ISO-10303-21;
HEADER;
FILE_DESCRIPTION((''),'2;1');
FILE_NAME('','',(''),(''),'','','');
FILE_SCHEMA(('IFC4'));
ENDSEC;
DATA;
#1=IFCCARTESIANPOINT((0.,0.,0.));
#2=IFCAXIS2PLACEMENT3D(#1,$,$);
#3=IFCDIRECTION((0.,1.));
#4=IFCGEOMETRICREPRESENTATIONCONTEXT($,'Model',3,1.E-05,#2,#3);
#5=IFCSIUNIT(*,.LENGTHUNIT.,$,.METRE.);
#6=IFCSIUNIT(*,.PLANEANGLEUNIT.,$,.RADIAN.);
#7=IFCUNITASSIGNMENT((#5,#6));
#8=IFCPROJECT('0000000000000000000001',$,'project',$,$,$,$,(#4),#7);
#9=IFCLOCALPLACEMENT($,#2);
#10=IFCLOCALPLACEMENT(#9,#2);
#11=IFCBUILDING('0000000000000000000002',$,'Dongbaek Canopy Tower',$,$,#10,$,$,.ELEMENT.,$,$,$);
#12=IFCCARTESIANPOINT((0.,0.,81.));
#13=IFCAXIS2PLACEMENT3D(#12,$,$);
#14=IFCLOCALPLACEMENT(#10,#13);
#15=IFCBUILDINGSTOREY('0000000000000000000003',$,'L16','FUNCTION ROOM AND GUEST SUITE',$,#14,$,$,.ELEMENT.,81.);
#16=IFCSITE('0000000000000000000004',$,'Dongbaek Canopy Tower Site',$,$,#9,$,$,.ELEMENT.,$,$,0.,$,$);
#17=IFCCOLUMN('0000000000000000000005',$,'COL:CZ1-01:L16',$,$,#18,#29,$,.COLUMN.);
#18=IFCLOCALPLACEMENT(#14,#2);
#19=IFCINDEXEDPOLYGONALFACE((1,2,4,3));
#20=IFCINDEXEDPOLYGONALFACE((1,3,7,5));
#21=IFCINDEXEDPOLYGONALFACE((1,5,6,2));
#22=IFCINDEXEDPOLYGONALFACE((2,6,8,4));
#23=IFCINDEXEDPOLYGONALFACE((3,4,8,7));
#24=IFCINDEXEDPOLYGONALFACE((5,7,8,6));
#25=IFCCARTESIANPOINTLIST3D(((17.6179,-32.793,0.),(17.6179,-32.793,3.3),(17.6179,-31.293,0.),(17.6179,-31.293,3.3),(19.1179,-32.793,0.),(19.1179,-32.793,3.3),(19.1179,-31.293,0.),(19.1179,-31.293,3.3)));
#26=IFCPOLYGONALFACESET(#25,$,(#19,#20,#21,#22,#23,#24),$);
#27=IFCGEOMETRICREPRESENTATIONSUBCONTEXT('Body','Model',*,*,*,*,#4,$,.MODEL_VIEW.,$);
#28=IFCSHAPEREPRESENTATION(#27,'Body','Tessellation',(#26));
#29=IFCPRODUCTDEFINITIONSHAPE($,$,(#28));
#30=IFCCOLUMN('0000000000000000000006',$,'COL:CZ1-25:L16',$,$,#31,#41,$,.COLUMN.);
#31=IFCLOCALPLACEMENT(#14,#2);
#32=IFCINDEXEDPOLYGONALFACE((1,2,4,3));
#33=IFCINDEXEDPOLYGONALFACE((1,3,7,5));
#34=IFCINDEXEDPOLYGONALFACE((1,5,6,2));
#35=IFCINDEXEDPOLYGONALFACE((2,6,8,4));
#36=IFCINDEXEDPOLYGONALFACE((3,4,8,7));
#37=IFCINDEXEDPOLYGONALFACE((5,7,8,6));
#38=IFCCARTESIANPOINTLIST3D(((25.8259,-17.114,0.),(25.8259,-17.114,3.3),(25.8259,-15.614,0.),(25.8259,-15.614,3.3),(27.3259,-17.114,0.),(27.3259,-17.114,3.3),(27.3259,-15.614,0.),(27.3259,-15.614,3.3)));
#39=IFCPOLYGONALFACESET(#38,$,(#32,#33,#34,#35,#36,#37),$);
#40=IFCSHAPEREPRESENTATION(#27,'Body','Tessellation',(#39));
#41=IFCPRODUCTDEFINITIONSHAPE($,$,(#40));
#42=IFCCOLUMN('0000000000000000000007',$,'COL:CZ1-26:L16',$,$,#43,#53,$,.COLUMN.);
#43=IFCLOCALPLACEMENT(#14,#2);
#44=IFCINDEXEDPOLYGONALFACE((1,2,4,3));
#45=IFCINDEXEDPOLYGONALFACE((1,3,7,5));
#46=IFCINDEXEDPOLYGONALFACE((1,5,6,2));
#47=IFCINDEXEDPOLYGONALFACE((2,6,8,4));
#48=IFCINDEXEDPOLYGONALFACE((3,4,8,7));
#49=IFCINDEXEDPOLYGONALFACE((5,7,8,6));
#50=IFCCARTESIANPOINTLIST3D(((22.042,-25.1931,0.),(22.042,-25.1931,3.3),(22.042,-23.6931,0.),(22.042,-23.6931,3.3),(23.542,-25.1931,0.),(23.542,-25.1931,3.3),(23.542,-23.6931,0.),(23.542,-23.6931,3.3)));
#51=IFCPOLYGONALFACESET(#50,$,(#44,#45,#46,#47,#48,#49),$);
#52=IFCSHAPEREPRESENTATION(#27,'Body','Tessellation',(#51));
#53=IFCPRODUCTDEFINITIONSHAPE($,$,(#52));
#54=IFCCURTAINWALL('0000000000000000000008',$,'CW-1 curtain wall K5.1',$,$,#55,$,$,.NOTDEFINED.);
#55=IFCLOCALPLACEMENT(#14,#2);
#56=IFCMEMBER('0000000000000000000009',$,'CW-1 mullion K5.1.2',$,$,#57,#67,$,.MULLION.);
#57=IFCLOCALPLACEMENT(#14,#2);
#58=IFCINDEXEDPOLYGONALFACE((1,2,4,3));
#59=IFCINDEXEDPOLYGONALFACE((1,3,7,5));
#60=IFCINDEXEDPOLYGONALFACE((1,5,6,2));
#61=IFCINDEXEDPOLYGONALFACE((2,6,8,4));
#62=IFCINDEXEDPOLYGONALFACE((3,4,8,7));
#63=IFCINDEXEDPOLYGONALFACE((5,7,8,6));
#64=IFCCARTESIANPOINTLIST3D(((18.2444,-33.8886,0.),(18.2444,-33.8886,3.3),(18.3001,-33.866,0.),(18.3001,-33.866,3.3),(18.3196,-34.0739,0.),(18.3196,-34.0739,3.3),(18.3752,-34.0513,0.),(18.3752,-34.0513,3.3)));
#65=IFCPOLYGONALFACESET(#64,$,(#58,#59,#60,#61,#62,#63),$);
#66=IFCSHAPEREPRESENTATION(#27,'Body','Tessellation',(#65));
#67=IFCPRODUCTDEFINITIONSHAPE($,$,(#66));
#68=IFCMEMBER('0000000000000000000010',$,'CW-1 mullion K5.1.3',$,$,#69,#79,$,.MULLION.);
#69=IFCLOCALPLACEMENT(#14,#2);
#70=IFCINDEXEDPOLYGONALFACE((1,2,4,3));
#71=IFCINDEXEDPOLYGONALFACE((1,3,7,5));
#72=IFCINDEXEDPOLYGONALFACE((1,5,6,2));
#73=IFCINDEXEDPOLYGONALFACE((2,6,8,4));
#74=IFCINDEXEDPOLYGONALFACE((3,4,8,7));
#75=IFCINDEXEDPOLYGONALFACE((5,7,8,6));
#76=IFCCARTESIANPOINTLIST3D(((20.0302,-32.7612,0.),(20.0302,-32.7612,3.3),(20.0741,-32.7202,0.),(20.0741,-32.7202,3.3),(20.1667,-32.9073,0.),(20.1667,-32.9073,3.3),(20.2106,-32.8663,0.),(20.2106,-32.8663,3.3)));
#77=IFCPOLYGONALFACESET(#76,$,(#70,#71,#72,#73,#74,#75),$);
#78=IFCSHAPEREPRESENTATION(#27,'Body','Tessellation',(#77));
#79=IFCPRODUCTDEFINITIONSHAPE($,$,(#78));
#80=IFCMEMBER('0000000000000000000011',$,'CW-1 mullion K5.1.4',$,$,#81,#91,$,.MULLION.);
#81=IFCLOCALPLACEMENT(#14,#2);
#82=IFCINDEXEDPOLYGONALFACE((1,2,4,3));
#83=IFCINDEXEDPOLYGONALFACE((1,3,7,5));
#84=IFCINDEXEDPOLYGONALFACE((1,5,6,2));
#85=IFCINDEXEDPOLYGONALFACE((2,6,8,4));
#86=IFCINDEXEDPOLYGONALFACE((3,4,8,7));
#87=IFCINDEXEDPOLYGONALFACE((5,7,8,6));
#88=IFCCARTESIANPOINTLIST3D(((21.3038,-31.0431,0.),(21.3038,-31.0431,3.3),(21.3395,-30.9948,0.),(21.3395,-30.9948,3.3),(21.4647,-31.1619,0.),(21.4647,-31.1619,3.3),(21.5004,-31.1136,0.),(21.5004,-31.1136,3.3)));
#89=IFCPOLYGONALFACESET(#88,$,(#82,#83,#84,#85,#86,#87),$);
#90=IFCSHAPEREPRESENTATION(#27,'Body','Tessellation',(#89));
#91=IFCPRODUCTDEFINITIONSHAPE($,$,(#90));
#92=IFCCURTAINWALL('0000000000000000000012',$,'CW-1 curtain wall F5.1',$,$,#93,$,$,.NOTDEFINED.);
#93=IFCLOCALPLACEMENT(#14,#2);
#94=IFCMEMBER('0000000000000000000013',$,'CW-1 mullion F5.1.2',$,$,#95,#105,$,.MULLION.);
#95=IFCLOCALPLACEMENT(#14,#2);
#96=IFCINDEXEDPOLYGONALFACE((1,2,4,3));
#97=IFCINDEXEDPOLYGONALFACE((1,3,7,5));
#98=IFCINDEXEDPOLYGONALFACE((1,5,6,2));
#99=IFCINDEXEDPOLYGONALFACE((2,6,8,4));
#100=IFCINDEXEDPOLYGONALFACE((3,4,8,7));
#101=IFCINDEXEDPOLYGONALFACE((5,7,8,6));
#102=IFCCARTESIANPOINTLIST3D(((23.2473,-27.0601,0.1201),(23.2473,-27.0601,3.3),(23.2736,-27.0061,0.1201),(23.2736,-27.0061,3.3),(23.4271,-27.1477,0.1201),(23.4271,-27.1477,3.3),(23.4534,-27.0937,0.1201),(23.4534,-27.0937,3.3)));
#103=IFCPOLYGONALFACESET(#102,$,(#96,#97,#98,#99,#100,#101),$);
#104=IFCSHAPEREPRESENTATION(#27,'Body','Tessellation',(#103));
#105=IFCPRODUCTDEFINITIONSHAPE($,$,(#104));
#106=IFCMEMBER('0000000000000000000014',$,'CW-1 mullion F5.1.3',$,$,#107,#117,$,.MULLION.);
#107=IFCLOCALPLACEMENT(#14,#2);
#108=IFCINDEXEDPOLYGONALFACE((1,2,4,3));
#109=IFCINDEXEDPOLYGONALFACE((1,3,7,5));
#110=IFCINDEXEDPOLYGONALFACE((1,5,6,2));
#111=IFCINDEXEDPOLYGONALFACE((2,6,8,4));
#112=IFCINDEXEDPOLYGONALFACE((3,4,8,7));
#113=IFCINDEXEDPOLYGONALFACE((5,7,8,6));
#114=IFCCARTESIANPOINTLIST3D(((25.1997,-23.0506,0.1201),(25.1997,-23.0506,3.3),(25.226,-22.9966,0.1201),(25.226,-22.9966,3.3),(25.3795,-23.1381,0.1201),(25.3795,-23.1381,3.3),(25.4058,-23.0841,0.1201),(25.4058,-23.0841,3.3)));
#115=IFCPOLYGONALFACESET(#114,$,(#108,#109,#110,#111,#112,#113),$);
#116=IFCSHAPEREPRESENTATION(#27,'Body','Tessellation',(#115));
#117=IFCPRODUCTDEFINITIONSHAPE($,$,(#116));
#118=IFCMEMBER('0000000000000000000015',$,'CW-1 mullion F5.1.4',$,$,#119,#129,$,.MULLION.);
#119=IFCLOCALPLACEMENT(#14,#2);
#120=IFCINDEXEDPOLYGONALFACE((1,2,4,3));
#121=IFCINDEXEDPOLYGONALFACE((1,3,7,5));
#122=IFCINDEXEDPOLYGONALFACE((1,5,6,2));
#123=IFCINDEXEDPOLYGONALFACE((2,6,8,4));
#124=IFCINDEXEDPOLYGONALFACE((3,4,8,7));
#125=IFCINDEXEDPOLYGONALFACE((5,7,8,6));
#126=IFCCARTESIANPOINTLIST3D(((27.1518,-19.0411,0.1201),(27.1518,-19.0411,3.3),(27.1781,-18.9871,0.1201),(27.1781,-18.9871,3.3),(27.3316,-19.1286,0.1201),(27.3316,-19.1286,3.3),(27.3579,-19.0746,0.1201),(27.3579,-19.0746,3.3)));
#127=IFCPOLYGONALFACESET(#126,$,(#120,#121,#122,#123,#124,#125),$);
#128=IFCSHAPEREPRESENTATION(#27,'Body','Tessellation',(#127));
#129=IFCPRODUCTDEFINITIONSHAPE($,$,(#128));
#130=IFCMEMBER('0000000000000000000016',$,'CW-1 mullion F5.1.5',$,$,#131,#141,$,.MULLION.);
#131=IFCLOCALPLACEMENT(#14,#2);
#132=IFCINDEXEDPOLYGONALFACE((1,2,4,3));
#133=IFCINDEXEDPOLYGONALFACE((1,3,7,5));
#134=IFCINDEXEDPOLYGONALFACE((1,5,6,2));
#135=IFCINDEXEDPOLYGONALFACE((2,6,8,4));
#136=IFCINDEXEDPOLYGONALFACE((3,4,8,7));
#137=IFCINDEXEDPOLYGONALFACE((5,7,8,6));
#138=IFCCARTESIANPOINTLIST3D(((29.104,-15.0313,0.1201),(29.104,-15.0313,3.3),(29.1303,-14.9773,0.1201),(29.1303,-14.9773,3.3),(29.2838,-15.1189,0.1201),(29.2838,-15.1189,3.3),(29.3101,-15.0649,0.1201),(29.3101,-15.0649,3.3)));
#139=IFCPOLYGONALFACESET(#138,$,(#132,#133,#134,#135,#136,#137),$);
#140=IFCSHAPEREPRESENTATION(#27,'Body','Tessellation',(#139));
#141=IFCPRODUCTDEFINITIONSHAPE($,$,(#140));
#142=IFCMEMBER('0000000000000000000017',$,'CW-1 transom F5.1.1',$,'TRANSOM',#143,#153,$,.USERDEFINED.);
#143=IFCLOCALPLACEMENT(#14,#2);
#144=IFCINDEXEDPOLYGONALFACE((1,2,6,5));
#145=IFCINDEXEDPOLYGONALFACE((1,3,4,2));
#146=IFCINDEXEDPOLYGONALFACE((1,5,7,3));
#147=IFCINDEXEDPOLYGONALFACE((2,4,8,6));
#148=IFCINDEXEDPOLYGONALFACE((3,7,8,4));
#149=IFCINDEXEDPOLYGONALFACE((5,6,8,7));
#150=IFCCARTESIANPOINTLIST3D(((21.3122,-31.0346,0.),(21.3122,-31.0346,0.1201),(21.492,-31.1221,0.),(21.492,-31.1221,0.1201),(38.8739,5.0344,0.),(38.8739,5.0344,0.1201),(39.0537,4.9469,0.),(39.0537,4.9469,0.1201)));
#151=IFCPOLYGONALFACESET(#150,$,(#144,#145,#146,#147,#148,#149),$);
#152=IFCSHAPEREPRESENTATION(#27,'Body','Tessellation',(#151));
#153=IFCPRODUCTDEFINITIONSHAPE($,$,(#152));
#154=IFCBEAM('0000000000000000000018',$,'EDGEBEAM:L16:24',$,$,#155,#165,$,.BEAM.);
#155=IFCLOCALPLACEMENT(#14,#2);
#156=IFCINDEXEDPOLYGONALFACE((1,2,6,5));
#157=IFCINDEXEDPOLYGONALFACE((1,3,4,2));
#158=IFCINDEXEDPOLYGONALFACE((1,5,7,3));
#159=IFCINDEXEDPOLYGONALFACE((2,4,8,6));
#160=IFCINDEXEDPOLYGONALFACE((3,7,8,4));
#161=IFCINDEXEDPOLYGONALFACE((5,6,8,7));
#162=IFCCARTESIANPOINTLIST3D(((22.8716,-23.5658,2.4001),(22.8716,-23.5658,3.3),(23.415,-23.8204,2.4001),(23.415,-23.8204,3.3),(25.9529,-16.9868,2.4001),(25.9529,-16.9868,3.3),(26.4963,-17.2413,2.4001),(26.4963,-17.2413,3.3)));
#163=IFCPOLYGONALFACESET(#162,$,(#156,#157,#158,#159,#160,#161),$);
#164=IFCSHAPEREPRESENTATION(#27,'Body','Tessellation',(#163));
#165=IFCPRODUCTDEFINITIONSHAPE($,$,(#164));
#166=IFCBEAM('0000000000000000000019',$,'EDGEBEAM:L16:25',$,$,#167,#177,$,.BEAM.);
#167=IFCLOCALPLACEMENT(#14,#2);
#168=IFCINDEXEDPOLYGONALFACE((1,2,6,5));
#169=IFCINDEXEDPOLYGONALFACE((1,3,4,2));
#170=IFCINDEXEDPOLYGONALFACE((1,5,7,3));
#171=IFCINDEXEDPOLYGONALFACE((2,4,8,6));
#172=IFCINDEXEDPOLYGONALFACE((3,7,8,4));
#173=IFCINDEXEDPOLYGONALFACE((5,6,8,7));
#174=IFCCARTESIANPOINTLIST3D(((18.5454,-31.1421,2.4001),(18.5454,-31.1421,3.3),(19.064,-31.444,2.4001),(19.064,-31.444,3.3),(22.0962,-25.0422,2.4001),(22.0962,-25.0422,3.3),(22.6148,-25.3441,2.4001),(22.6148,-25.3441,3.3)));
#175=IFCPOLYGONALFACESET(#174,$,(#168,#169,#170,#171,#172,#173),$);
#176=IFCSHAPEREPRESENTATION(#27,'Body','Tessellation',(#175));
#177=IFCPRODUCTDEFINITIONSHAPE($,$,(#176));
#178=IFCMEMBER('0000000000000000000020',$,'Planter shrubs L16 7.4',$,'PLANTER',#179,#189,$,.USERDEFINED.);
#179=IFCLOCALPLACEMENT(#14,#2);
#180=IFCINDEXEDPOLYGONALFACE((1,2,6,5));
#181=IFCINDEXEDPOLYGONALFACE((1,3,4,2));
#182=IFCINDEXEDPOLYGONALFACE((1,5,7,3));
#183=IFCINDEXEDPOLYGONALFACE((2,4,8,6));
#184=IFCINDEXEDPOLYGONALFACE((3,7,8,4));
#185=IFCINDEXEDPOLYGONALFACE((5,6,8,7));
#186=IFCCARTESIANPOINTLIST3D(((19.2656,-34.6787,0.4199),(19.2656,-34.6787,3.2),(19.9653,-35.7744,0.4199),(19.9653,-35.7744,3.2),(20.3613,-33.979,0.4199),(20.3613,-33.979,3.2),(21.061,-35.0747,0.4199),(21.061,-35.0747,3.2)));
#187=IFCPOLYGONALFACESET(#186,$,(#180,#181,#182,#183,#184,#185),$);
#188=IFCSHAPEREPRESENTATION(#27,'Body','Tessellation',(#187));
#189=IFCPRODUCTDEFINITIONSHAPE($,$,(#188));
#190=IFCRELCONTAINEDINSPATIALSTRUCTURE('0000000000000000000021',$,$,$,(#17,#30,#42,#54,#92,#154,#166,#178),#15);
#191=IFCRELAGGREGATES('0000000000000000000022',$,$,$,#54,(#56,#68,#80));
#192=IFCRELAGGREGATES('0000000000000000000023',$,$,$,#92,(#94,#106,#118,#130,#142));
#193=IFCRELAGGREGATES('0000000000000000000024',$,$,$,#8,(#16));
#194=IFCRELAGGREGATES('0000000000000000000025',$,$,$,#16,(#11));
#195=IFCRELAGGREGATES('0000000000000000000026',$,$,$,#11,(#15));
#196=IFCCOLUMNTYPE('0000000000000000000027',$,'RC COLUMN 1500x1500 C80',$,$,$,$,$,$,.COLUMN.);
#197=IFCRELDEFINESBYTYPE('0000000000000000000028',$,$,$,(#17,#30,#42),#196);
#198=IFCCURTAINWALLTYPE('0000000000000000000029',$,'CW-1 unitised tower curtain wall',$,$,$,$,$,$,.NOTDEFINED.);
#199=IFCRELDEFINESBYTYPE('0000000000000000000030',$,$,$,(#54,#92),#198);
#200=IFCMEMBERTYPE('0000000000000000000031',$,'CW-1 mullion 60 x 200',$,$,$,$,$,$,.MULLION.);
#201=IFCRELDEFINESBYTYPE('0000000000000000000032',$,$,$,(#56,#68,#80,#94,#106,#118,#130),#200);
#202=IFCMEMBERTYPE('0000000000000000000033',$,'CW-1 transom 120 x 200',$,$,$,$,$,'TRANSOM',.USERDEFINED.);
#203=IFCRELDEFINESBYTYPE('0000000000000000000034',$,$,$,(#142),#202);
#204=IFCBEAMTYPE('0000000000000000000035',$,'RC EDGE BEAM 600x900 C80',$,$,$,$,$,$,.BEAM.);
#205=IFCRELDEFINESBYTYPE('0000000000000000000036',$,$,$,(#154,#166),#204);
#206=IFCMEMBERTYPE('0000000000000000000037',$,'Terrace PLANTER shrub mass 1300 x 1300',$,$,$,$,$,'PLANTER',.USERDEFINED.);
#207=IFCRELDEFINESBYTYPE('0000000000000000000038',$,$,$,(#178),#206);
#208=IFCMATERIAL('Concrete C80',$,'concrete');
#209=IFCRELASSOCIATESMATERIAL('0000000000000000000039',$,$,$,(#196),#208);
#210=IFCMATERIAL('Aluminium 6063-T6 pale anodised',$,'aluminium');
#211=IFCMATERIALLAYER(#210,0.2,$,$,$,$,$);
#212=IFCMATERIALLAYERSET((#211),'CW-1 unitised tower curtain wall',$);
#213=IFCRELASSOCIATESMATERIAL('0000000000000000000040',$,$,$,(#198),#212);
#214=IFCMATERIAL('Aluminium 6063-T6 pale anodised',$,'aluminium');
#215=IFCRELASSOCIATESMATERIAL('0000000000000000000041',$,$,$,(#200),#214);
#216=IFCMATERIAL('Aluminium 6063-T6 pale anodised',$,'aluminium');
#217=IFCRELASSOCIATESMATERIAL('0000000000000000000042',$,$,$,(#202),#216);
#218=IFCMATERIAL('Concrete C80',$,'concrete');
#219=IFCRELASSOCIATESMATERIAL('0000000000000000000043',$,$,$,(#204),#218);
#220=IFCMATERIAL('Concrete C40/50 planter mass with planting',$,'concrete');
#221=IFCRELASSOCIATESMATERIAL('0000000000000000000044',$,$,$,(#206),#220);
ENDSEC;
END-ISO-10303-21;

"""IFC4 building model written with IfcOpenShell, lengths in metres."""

from ifc_helpers import new_model, si_unit, direction, frame, origin, origin_2d, place, context, subcontext, project, spatial, rectangle, extrude, material, layer, layer_set, material_profile, profile_set, type_object, element, aggregate, save


model = new_model("IFC4")

# Units and contexts
model_context = context("Model", 3, precision=1e-05, world=origin(), true_north=direction((0.0, 1.0)))
body_context = subcontext(model_context, "Body", "Model", "MODEL_VIEW")
ifc_project = project(units=[si_unit("LENGTHUNIT", "METRE"), si_unit("PLANEANGLEUNIT", "RADIAN")], contexts=[model_context])

# Site, building, storey
site_placement = place(None, origin())
site = spatial("IfcSite", under=ifc_project, at=site_placement, Name="Dongbaek Canopy Tower Site", CompositionType="ELEMENT", RefElevation=0.0)
building_placement = place(site_placement, origin())
building = spatial("IfcBuilding", under=site, at=building_placement, Name="Dongbaek Canopy Tower", CompositionType="ELEMENT")
storey_placement = place(building_placement, frame((0.0, 0.0, 81.0)))
storey = spatial("IfcBuildingStorey", under=building, at=storey_placement, Name="L16", Description="FUNCTION ROOM AND GUEST SUITE", CompositionType="ELEMENT", Elevation=81.0)

# Columns
ifc_material_1 = material(Name="Concrete C80", Category="concrete")
ifc_material_profile_1 = material_profile(ifc_material_1, rectangle(XDim=1.5, YDim=1.5, at=origin_2d()), Name="RC COLUMN 1500x1500 C80")
ifc_profile_set_1 = profile_set([ifc_material_profile_1], Name="Concrete C80")
column_type = type_object("IfcColumnType", Name="RC COLUMN 1500x1500 C80", PredefinedType="COLUMN", material=ifc_profile_set_1)
for number, where, z_axis, x_axis, name in (
    (1, (18.3679, -32.043, 0.0), (0.0, 0.0, 1.0), (1.0, 0.0, 0.0), "COL:CZ1-01:L16"),
    (2, (26.5759, -16.364, 0.0), (0.0, 0.0, 1.0), (1.0, 0.0, 0.0), "COL:CZ1-25:L16"),
    (3, (22.792, -24.4431, 0.0), (0.0, 0.0, 1.0), (1.0, 0.0, 0.0), "COL:CZ1-26:L16"),
):
    element("IfcColumn", number, at=place(storey_placement, frame(where, z_axis=z_axis, x_axis=x_axis)), inside=storey, type_object=column_type, Name=name, PredefinedType="COLUMN", context=body_context, shape_type="SweptSolid", body=[
        extrude(rectangle(XDim=1.5, YDim=1.5, at=origin_2d()), origin(), (0.0, 0.0, 1.0), 3.3),
    ])

# Curtain walls, members
ifc_material_2 = material(Name="Aluminium 6063-T6 pale anodised", Category="aluminium")
ifc_layer_1 = layer(ifc_material_2, 0.2)
ifc_layer_set_1 = layer_set([ifc_layer_1], Name="CW-1 unitised tower curtain wall")
curtain_wall_type = type_object("IfcCurtainWallType", Name="CW-1 unitised tower curtain wall", PredefinedType="NOTDEFINED", material=ifc_layer_set_1)
curtain_wall_1_placement = place(storey_placement, origin())
curtain_wall_1 = element("IfcCurtainWall", 4, at=curtain_wall_1_placement, inside=storey, type_object=curtain_wall_type, Name="CW-1 curtain wall K5.1", PredefinedType="NOTDEFINED")
ifc_material_3 = material(Name="Aluminium 6063-T6 pale anodised", Category="aluminium")
ifc_material_profile_2 = material_profile(ifc_material_3, rectangle(XDim=0.2, YDim=0.0601, at=origin_2d()), Name="CW-1 mullion 60 x 200")
ifc_profile_set_2 = profile_set([ifc_material_profile_2], Name="Aluminium 6063-T6 pale anodised")
member_type_1 = type_object("IfcMemberType", Name="CW-1 mullion 60 x 200", PredefinedType="MULLION", material=ifc_profile_set_2)
member_1_placement = place(storey_placement, frame((18.3098, -33.97, 0.0), z_axis=(0.0, 0.0, 1.0), x_axis=(0.375744, -0.926724, 0.0)))
member_1 = element("IfcMember", 5, at=member_1_placement, type_object=member_type_1, Name="CW-1 mullion K5.1.2", PredefinedType="MULLION", context=body_context, shape_type="SweptSolid", body=[
    extrude(rectangle(XDim=0.2, YDim=0.0601, at=origin_2d()), origin(), (0.0, 0.0, 1.0), 3.3),
])
member_2_placement = place(storey_placement, frame((20.1204, -32.8137, 0.0), z_axis=(0.0, 0.0, 1.0), x_axis=(0.682696, -0.730703, 0.0)))
member_2 = element("IfcMember", 6, at=member_2_placement, type_object=member_type_1, Name="CW-1 mullion K5.1.3", PredefinedType="MULLION", context=body_context, shape_type="SweptSolid", body=[
    extrude(rectangle(XDim=0.2, YDim=0.0601, at=origin_2d()), origin(), (0.0, 0.0, 1.0), 3.3),
])
member_3_placement = place(storey_placement, frame((21.4021, -31.0784, 0.0), z_axis=(0.0, 0.0, 1.0), x_axis=(0.804343, -0.594165, 0.0)))
member_3 = element("IfcMember", 7, at=member_3_placement, type_object=member_type_1, Name="CW-1 mullion K5.1.4", PredefinedType="MULLION", context=body_context, shape_type="SweptSolid", body=[
    extrude(rectangle(XDim=0.2, YDim=0.0601, at=origin_2d()), origin(), (0.0, 0.0, 1.0), 3.3),
])
curtain_wall_2_placement = place(storey_placement, origin())
curtain_wall_2 = element("IfcCurtainWall", 8, at=curtain_wall_2_placement, inside=storey, type_object=curtain_wall_type, Name="CW-1 curtain wall F5.1", PredefinedType="NOTDEFINED")
member_4_placement = place(storey_placement, frame((23.3503, -27.0769, 0.1201), z_axis=(0.0, 0.0, 1.0), x_axis=(0.899092, -0.437759, 0.0)))
member_4 = element("IfcMember", 9, at=member_4_placement, type_object=member_type_1, Name="CW-1 mullion F5.1.2", PredefinedType="MULLION", context=body_context, shape_type="SweptSolid", body=[
    extrude(rectangle(XDim=0.2, YDim=0.0601, at=origin_2d()), origin(), (0.0, 0.0, 1.0), 3.1799),
])
member_5_placement = place(storey_placement, frame((25.3027, -23.0674, 0.1201), z_axis=(0.0, 0.0, 1.0), x_axis=(0.899092, -0.437759, 0.0)))
member_5 = element("IfcMember", 10, at=member_5_placement, type_object=member_type_1, Name="CW-1 mullion F5.1.3", PredefinedType="MULLION", context=body_context, shape_type="SweptSolid", body=[
    extrude(rectangle(XDim=0.2, YDim=0.0601, at=origin_2d()), origin(), (0.0, 0.0, 1.0), 3.1799),
])
member_6_placement = place(storey_placement, frame((27.2549, -19.0579, 0.1201), z_axis=(0.0, 0.0, 1.0), x_axis=(0.899092, -0.437759, 0.0)))
member_6 = element("IfcMember", 11, at=member_6_placement, type_object=member_type_1, Name="CW-1 mullion F5.1.4", PredefinedType="MULLION", context=body_context, shape_type="SweptSolid", body=[
    extrude(rectangle(XDim=0.2, YDim=0.0601, at=origin_2d()), origin(), (0.0, 0.0, 1.0), 3.1799),
])
member_7_placement = place(storey_placement, frame((29.207, -15.0481, 0.1201), z_axis=(0.0, 0.0, 1.0), x_axis=(0.899092, -0.437759, 0.0)))
member_7 = element("IfcMember", 12, at=member_7_placement, type_object=member_type_1, Name="CW-1 mullion F5.1.5", PredefinedType="MULLION", context=body_context, shape_type="SweptSolid", body=[
    extrude(rectangle(XDim=0.2, YDim=0.0601, at=origin_2d()), origin(), (0.0, 0.0, 1.0), 3.1799),
])
ifc_material_4 = material(Name="Aluminium 6063-T6 pale anodised", Category="aluminium")
ifc_material_profile_3 = material_profile(ifc_material_4, rectangle(XDim=0.2, YDim=0.1201, at=origin_2d()), Name="CW-1 transom 120 x 200")
ifc_profile_set_3 = profile_set([ifc_material_profile_3], Name="Aluminium 6063-T6 pale anodised")
member_type_2 = type_object("IfcMemberType", Name="CW-1 transom 120 x 200", ElementType="TRANSOM", PredefinedType="USERDEFINED", material=ifc_profile_set_3)
member_8_placement = place(storey_placement, frame((21.4021, -31.0784, 0.0601), z_axis=(0.437761, 0.899091, 0.0), x_axis=(-0.899091, 0.437761, 0.0)))
member_8 = element("IfcMember", 13, at=member_8_placement, type_object=member_type_2, Name="CW-1 transom F5.1.1", ObjectType="TRANSOM", PredefinedType="USERDEFINED", context=body_context, shape_type="SweptSolid", body=[
    extrude(rectangle(XDim=0.2, YDim=0.1201, at=origin_2d()), origin(), (0.0, 0.0, 1.0), 40.1172),
])

# Beams
ifc_material_5 = material(Name="Concrete C80", Category="concrete")
ifc_material_profile_4 = material_profile(ifc_material_5, rectangle(XDim=0.6001, YDim=0.8999, at=origin_2d()), Name="RC EDGE BEAM 600x900 C80")
ifc_profile_set_4 = profile_set([ifc_material_profile_4], Name="Concrete C80")
beam_type = type_object("IfcBeamType", Name="RC EDGE BEAM 600x900 C80", PredefinedType="BEAM", material=ifc_profile_set_4)
beam_1_placement = place(storey_placement, frame((26.2246, -17.114, 2.8501), z_axis=(-0.424134, -0.905599, 0.0), x_axis=(0.905599, -0.424134, 0.0)))
element("IfcBeam", 14, at=beam_1_placement, inside=storey, type_object=beam_type, Name="EDGEBEAM:L16:24", PredefinedType="BEAM", context=body_context, shape_type="SweptSolid", body=[
    extrude(rectangle(XDim=0.6001, YDim=0.8999, at=origin_2d()), origin(), (0.0, 0.0, 1.0), 7.2649),
])
beam_2_placement = place(storey_placement, frame((22.3555, -25.1931, 2.8501), z_axis=(-0.503082, -0.864239, 0.0), x_axis=(0.864239, -0.503082, 0.0)))
element("IfcBeam", 15, at=beam_2_placement, inside=storey, type_object=beam_type, Name="EDGEBEAM:L16:25", PredefinedType="BEAM", context=body_context, shape_type="SweptSolid", body=[
    extrude(rectangle(XDim=0.6001, YDim=0.8999, at=origin_2d()), origin(), (0.0, 0.0, 1.0), 7.0581),
])

# Member
ifc_material_6 = material(Name="Concrete C40/50 planter mass with planting", Category="concrete")
ifc_material_profile_5 = material_profile(ifc_material_6, rectangle(XDim=1.3, YDim=1.3, at=origin_2d()), Name="Terrace PLANTER shrub mass 1300 x 1300")
ifc_profile_set_5 = profile_set([ifc_material_profile_5], Name="Concrete C40/50 planter mass with planting")
member_type_3 = type_object("IfcMemberType", Name="Terrace PLANTER shrub mass 1300 x 1300", ElementType="PLANTER", PredefinedType="USERDEFINED", material=ifc_profile_set_5)
member_9_placement = place(storey_placement, frame((20.1633, -34.8767, 0.4199), z_axis=(0.0, 0.0, 1.0), x_axis=(0.538219, -0.842805, 0.0)))
element("IfcMember", 16, at=member_9_placement, inside=storey, type_object=member_type_3, Name="Planter shrubs L16 7.4", ObjectType="PLANTER", PredefinedType="USERDEFINED", context=body_context, shape_type="SweptSolid", body=[
    extrude(rectangle(XDim=1.3, YDim=1.3, at=origin_2d()), origin(), (0.0, 0.0, 1.0), 2.78),
])

aggregate(curtain_wall_1, [member_1, member_2, member_3])

aggregate(curtain_wall_2, [member_4, member_5, member_6, member_7, member_8])

save(model, "model.ifc")
